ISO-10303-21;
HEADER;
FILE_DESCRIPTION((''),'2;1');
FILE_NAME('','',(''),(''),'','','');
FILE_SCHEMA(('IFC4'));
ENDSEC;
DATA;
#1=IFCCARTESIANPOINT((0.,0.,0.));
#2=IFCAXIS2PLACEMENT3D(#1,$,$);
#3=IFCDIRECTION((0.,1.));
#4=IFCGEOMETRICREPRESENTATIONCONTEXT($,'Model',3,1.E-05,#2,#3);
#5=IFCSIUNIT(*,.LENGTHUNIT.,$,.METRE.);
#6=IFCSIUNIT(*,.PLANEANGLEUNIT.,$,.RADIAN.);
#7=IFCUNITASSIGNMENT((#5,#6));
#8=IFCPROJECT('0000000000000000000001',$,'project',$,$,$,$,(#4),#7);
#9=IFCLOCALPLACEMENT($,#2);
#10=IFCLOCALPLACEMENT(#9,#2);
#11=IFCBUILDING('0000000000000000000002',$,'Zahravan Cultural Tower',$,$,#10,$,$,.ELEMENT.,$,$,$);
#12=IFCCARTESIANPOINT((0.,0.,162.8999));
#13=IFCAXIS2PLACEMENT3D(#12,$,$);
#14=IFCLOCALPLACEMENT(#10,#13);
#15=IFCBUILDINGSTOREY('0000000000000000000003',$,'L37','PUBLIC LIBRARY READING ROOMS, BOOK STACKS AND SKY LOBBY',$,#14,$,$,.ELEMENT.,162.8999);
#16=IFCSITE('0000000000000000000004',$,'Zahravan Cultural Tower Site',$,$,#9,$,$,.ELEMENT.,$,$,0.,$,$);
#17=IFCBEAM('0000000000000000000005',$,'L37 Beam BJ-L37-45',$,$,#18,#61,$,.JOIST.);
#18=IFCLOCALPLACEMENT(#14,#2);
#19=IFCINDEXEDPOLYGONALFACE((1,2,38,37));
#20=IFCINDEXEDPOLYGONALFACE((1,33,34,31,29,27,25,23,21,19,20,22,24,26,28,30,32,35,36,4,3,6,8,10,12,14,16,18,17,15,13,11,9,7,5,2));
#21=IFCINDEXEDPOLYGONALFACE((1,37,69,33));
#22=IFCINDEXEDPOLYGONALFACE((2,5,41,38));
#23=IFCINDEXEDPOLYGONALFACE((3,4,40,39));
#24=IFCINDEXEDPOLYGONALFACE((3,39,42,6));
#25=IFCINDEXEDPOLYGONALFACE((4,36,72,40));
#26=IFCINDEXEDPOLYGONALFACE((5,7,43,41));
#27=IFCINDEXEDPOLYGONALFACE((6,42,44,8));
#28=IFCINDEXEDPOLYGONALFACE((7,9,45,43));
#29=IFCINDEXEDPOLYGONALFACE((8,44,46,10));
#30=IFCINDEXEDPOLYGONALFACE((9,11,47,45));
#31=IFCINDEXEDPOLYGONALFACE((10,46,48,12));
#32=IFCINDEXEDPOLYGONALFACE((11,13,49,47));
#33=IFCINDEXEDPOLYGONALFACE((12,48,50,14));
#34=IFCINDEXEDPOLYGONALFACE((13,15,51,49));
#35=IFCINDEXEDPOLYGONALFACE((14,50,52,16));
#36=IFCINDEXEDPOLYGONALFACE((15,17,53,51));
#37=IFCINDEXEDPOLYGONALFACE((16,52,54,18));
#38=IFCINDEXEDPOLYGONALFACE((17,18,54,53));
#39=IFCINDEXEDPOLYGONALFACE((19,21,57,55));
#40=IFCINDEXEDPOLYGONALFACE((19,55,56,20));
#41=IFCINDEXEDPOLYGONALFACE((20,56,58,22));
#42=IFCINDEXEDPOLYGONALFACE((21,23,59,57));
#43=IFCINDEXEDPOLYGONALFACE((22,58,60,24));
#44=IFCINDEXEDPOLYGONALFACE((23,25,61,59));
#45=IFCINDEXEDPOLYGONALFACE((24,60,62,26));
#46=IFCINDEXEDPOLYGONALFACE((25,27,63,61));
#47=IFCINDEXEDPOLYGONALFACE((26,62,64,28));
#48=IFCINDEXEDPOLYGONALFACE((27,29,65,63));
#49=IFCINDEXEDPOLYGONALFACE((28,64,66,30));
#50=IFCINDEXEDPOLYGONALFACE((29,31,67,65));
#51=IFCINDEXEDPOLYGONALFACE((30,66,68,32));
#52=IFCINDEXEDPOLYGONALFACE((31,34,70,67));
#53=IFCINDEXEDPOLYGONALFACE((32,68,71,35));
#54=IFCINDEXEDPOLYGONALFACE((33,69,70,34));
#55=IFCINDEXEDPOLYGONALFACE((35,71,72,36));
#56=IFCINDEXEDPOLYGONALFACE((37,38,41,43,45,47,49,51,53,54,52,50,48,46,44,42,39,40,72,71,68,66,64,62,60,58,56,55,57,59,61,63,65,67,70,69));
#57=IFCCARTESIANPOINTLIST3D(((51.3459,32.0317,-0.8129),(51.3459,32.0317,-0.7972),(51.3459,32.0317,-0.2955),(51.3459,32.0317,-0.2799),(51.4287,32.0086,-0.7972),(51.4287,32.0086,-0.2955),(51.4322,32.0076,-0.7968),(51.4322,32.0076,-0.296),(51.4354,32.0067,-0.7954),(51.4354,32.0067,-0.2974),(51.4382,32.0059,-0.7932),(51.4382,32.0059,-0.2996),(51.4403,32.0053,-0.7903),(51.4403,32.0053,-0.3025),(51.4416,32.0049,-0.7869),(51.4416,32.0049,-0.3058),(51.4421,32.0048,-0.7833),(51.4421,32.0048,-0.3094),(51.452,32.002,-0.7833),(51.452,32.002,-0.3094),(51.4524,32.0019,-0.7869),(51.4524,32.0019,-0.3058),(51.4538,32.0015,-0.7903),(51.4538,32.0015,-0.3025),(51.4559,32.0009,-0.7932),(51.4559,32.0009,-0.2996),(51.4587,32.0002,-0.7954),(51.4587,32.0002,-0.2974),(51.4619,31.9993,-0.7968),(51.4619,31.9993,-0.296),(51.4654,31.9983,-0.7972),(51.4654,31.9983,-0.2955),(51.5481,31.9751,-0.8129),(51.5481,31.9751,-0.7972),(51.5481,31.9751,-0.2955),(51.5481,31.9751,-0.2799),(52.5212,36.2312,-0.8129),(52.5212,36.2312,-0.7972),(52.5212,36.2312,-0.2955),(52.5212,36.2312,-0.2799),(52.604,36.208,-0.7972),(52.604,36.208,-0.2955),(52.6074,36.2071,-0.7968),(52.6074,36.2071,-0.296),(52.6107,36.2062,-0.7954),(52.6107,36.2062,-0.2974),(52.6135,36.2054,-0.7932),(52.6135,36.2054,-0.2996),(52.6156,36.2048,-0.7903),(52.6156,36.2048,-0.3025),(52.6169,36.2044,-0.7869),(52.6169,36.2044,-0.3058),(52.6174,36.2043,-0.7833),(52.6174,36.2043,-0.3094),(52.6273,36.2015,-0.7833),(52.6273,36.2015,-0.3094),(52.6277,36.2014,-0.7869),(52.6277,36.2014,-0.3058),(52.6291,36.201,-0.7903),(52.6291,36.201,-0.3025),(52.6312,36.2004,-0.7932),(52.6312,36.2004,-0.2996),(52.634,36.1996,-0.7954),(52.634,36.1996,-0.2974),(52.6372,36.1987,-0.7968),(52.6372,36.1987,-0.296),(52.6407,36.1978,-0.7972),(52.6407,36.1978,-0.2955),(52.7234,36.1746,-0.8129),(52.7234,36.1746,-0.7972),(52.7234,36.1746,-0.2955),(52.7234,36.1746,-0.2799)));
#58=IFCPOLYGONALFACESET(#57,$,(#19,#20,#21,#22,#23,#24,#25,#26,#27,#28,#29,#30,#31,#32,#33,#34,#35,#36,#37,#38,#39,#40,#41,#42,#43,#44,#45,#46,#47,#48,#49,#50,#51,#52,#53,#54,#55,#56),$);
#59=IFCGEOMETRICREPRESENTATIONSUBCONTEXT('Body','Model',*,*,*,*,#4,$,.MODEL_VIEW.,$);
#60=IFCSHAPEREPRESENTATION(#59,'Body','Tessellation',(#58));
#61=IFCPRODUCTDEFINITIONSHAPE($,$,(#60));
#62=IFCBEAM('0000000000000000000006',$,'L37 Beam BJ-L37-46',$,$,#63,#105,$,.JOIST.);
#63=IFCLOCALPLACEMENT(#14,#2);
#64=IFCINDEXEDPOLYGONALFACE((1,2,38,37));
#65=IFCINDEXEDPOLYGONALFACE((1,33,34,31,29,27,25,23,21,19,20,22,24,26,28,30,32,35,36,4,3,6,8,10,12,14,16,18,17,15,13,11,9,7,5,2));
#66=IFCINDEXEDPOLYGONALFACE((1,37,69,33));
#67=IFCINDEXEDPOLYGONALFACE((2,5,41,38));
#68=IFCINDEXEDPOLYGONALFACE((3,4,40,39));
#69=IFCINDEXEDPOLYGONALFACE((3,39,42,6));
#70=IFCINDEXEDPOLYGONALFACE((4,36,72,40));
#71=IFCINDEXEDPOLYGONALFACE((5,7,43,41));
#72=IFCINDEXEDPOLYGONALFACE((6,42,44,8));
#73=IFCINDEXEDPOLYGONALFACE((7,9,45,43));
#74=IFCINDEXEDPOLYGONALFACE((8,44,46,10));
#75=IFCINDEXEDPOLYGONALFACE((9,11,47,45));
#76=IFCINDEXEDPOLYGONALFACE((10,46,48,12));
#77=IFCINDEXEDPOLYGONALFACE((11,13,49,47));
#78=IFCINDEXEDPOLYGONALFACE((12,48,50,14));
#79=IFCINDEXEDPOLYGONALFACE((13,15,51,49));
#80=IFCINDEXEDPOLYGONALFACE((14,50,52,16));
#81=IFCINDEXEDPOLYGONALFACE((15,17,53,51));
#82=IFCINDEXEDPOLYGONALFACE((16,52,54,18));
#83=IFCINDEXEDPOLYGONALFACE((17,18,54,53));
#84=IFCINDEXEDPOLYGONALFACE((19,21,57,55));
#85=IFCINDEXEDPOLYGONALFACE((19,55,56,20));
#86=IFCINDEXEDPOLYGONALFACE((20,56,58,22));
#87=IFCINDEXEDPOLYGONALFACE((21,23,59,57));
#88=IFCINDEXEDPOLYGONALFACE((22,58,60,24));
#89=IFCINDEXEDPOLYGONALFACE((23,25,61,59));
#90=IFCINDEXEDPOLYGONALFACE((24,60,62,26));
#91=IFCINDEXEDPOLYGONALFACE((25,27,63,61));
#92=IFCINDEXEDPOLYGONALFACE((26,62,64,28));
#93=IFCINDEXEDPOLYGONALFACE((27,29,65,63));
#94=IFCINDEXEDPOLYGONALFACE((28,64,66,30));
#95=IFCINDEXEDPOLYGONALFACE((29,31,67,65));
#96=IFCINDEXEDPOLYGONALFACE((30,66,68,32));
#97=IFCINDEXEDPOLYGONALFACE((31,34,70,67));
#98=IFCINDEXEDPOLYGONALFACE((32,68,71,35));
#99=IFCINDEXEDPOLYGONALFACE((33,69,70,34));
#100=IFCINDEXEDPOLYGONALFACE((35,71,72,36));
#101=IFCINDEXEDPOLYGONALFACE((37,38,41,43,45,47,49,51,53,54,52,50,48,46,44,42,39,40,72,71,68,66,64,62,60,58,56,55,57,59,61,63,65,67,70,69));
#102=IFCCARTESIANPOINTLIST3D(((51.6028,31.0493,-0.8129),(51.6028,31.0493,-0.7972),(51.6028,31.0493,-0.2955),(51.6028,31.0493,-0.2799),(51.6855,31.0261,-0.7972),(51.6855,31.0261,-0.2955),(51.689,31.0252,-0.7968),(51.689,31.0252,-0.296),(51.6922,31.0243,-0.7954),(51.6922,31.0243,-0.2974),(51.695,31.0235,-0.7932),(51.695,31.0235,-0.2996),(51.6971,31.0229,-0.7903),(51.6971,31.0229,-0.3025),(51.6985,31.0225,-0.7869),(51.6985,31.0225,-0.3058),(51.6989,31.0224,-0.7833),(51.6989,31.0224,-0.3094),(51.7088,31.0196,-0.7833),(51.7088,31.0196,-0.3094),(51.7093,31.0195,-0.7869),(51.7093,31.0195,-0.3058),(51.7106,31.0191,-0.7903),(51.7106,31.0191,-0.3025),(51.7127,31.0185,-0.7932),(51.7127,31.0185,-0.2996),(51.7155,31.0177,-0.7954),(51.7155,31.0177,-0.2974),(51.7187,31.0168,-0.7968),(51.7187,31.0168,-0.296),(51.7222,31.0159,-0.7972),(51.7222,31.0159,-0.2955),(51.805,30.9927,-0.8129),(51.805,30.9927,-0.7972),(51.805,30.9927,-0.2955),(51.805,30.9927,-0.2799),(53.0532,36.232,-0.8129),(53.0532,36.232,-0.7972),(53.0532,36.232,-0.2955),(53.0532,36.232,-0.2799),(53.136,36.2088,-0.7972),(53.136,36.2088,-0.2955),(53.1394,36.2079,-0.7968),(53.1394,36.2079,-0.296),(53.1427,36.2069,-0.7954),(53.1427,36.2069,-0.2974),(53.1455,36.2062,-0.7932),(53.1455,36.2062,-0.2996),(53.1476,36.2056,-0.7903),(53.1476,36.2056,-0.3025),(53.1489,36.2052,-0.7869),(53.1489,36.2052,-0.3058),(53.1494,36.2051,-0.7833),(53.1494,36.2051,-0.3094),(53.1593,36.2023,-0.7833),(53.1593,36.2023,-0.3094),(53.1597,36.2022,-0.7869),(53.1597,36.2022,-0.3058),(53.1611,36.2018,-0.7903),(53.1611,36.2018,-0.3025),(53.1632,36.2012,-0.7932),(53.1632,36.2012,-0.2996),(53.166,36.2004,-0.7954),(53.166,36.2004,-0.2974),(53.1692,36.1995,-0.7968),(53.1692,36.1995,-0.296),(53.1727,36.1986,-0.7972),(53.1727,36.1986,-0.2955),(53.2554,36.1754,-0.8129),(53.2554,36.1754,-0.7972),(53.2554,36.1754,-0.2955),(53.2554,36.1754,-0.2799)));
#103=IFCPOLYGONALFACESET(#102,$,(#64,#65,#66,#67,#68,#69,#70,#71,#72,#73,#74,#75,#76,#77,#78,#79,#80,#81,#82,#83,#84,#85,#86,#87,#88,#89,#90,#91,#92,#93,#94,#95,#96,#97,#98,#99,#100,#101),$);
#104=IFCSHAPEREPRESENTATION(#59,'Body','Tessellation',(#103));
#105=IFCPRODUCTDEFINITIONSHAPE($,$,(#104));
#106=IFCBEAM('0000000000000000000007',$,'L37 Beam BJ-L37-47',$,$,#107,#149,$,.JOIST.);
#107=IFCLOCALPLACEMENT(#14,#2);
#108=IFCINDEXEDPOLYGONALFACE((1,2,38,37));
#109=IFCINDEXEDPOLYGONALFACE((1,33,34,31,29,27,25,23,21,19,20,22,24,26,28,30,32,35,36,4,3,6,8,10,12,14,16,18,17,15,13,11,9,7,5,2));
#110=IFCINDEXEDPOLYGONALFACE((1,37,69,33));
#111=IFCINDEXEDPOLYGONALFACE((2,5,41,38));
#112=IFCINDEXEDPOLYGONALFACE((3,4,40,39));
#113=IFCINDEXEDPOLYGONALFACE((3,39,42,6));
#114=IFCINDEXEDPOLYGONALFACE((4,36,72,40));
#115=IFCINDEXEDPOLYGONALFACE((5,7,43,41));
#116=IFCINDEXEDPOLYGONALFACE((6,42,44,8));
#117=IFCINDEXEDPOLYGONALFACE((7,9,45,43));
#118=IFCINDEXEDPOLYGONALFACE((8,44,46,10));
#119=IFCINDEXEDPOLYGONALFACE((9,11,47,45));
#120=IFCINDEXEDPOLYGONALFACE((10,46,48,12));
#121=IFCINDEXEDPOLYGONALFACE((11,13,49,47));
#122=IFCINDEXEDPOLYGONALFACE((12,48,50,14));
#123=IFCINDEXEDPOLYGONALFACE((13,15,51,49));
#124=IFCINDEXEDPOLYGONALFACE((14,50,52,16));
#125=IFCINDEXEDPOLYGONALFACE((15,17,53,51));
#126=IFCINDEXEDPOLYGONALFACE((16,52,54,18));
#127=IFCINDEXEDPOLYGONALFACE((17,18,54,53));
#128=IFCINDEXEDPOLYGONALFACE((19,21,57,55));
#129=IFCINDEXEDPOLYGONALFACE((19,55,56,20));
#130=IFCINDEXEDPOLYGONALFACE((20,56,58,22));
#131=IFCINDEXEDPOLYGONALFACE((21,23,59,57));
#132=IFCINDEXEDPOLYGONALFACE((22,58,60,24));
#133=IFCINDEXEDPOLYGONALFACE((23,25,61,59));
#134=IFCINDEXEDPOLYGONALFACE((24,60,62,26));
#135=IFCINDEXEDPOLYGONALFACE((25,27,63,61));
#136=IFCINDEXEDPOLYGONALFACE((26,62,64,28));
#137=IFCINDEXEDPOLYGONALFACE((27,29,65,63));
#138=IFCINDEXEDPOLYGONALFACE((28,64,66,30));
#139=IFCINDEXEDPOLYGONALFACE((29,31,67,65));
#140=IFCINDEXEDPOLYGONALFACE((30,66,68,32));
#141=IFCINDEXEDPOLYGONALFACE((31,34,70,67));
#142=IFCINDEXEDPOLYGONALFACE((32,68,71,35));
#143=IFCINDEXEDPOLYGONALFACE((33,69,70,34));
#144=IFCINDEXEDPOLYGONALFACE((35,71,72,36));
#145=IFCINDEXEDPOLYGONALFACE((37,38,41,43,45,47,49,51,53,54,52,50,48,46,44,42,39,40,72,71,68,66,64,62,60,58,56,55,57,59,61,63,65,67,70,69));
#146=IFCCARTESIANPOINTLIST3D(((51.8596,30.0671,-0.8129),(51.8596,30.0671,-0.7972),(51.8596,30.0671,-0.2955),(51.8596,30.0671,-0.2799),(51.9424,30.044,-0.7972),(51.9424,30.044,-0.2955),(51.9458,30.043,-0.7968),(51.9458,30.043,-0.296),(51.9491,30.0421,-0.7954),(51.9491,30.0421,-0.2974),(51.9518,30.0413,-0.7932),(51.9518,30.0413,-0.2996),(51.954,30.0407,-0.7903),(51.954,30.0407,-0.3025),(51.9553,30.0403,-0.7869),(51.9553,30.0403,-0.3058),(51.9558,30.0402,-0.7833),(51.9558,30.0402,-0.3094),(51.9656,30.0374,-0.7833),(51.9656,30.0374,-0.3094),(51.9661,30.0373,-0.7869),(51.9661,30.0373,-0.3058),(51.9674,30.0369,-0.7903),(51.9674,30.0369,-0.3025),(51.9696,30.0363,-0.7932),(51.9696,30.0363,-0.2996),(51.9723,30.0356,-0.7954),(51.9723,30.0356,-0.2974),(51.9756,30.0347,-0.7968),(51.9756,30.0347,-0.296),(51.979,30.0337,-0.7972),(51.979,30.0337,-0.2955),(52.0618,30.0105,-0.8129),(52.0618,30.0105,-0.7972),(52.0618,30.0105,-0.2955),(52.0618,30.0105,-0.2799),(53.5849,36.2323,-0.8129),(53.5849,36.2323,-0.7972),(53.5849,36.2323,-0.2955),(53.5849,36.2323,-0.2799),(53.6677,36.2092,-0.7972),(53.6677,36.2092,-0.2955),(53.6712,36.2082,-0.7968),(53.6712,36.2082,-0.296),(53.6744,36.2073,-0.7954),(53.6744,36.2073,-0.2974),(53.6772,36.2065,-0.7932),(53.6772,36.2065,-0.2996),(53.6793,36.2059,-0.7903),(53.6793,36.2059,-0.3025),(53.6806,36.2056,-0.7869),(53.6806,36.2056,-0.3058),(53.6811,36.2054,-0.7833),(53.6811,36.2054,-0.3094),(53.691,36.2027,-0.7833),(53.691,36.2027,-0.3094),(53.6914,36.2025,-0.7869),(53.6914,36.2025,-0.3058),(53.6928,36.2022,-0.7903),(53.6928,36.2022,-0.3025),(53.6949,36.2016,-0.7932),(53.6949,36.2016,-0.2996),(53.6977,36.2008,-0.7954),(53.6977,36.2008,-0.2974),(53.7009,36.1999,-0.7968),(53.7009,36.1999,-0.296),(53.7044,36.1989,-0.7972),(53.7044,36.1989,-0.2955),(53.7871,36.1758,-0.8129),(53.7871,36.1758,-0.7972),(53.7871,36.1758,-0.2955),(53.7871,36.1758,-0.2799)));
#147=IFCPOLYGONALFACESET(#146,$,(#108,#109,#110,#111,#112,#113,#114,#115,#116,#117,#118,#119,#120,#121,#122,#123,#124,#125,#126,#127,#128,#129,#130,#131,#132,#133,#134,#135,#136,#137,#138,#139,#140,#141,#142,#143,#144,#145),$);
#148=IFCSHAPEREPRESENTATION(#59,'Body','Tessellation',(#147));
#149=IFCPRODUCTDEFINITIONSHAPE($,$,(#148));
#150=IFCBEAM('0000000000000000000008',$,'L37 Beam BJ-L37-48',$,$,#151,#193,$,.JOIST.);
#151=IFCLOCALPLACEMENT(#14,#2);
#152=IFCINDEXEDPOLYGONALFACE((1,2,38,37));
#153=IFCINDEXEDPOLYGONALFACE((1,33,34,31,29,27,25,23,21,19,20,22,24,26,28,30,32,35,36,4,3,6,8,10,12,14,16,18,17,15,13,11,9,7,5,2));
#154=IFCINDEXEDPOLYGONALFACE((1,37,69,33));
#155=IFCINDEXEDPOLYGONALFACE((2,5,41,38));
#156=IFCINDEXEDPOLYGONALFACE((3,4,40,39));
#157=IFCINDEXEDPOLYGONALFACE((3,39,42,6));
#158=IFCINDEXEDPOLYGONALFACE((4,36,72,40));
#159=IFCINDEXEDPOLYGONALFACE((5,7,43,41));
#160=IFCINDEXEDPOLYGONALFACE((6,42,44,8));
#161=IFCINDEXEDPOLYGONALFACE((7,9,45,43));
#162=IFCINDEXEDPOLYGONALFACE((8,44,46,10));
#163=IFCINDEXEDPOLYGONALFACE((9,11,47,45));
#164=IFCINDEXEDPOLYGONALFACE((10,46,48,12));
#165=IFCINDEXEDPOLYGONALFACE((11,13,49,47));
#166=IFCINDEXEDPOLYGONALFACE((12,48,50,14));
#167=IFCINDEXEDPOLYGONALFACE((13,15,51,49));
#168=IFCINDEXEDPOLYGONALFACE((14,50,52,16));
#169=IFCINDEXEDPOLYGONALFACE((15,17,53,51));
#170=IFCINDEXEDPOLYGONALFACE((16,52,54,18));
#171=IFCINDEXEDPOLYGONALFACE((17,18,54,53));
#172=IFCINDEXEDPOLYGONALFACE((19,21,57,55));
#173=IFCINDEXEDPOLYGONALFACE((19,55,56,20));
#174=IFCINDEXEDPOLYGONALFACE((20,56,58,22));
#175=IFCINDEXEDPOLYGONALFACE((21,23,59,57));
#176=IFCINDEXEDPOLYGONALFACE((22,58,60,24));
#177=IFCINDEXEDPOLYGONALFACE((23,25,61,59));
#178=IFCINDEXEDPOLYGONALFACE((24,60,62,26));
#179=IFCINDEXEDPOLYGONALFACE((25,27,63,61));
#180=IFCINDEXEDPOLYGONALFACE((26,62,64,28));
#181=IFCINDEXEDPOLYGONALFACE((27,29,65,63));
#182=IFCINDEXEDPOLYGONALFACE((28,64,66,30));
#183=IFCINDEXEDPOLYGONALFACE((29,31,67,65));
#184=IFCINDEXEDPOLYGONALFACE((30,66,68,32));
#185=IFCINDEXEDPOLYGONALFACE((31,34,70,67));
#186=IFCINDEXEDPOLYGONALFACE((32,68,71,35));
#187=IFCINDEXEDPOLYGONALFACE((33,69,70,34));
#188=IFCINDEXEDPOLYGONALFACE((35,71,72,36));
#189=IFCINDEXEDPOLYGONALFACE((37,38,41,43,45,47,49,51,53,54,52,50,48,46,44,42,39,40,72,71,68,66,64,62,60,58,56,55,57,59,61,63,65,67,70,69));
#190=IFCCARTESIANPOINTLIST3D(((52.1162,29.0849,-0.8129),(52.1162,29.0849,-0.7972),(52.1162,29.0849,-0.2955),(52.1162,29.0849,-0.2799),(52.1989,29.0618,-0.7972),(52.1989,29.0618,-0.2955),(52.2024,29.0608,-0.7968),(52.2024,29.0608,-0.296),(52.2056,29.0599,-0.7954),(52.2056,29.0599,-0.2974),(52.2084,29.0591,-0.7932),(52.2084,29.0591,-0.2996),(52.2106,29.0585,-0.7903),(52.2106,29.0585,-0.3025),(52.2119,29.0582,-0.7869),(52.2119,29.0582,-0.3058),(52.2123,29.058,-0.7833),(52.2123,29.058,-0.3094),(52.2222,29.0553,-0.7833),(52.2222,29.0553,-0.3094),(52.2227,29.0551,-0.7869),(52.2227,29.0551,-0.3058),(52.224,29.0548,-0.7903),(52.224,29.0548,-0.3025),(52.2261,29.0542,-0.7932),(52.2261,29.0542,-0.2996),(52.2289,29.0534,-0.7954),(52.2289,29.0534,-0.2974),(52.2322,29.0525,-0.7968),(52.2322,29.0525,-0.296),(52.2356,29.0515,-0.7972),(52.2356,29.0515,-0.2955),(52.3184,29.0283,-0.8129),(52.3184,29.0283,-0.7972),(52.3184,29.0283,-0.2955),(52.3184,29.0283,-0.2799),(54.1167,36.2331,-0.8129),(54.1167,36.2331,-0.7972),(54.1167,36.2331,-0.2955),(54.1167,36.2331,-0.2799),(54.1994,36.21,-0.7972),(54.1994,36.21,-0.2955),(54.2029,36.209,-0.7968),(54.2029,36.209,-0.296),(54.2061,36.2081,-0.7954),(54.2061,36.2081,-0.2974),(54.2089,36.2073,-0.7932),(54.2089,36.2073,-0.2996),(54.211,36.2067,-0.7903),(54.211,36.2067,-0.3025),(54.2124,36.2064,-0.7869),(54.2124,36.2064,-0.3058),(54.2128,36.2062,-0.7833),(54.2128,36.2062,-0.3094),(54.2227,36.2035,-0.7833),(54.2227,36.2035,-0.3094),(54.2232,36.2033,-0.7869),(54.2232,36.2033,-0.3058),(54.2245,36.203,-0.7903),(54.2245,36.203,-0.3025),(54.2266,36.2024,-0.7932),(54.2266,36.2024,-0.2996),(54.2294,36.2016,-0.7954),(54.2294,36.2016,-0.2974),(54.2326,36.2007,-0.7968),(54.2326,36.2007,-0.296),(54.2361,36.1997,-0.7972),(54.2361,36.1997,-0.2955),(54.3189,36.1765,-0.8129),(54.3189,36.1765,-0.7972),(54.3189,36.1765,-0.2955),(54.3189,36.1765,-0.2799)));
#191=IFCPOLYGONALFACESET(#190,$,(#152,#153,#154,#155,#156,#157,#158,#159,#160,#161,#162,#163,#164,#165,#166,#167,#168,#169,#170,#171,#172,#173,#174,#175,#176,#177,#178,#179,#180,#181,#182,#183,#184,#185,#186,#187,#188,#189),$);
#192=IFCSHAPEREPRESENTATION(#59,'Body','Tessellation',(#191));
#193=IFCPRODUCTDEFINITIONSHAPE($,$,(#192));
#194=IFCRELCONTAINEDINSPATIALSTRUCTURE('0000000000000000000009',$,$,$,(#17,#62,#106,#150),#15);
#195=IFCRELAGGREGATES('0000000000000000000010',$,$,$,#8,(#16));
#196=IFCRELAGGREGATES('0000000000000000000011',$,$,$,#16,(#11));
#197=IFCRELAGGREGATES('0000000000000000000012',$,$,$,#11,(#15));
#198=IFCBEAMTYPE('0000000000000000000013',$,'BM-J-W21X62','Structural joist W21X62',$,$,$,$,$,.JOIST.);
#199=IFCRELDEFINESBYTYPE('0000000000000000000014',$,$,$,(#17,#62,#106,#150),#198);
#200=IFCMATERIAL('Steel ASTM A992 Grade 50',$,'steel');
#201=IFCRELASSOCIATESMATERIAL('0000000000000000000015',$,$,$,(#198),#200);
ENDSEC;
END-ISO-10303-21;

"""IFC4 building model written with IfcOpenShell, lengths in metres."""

from ifc_helpers import new_model, si_unit, direction, frame, origin, origin_2d, place, context, subcontext, project, spatial, i_section, extrude, source, transform, mapped, material, material_profile, profile_set, type_object, element, save


model = new_model("IFC4")

# Units and contexts
model_context = context("Model", 3, precision=1e-05, world=origin(), true_north=direction((0.0, 1.0)))
body_context = subcontext(model_context, "Body", "Model", "MODEL_VIEW")
ifc_project = project(units=[si_unit("LENGTHUNIT", "METRE"), si_unit("PLANEANGLEUNIT", "RADIAN")], contexts=[model_context])

# Site, building, storey
site_placement = place(None, origin())
site = spatial("IfcSite", under=ifc_project, at=site_placement, Name="Zahravan Cultural Tower Site", CompositionType="ELEMENT", RefElevation=0.0)
building_placement = place(site_placement, origin())
building = spatial("IfcBuilding", under=site, at=building_placement, Name="Zahravan Cultural Tower", CompositionType="ELEMENT")
storey_placement = place(building_placement, frame((0.0, 0.0, 162.8999)))
storey = spatial("IfcBuildingStorey", under=building, at=storey_placement, Name="L37", Description="PUBLIC LIBRARY READING ROOMS, BOOK STACKS AND SKY LOBBY", CompositionType="ELEMENT", Elevation=162.8999)

# Shared definitions
ifc_material_1 = material(Name="Steel ASTM A992 Grade 50", Category="steel")

# Beams
ifc_material_profile_1 = material_profile(ifc_material_1, i_section(OverallWidth=0.21, OverallDepth=0.533, WebThickness=0.0103, FlangeThickness=0.0156, FilletRadius=0.0139, at=origin_2d()), Name="W21X62")
ifc_profile_set_1 = profile_set([ifc_material_profile_1], Name="Steel ASTM A992 Grade 50")
beam_type_1 = type_object("IfcBeamType", Name="BM-J-W21X62", Description="Structural joist W21X62", PredefinedType="JOIST", material=ifc_profile_set_1)
shared_shape_1 = source(origin(), body_context, "Body", "SweptSolid", [
    extrude(i_section(OverallWidth=0.21, OverallDepth=0.533, WebThickness=0.0103, FlangeThickness=0.0156, FilletRadius=0.0139, at=origin_2d()), origin(), (0.0, 0.0, 1.0), 4.3608),
])
beam_1_placement = place(storey_placement, frame((51.447, 32.0034, -0.5464), z_axis=(0.269512, 0.962997, 0.0), x_axis=(-0.962997, 0.269512, 0.0)))
element("IfcBeam", 1, at=beam_1_placement, inside=storey, type_object=beam_type_1, Name="L37 Beam BJ-L37-45", PredefinedType="JOIST", context=body_context, shape_type="MappedRepresentation", body=[
    mapped(shared_shape_1, transform((0.0, 0.0, 0.0), x_axis=(1.0, 0.0, 0.0), y_axis=(0.0, 1.0, 0.0), z_axis=(0.0, 0.0, 1.0), scale=1.0)),
])
shared_shape_2 = source(origin(), body_context, "Body", "SweptSolid", [
    extrude(i_section(OverallWidth=0.21, OverallDepth=0.533, WebThickness=0.0103, FlangeThickness=0.0156, FilletRadius=0.0139, at=origin_2d()), origin(), (0.0, 0.0, 1.0), 5.3818),
])
beam_2_placement = place(storey_placement, frame((51.7039, 31.021, -0.5464), z_axis=(0.26951, 0.962997, 0.0), x_axis=(-0.962997, 0.26951, 0.0)))
element("IfcBeam", 2, at=beam_2_placement, inside=storey, type_object=beam_type_1, Name="L37 Beam BJ-L37-46", PredefinedType="JOIST", context=body_context, shape_type="MappedRepresentation", body=[
    mapped(shared_shape_2, transform((0.0, 0.0, 0.0), x_axis=(1.0, 0.0, 0.0), y_axis=(0.0, 1.0, 0.0), z_axis=(0.0, 0.0, 1.0), scale=1.0)),
])
shared_shape_3 = source(origin(), body_context, "Body", "SweptSolid", [
    extrude(i_section(OverallWidth=0.21, OverallDepth=0.533, WebThickness=0.0103, FlangeThickness=0.0156, FilletRadius=0.0139, at=origin_2d()), origin(), (0.0, 0.0, 1.0), 6.4021),
])
beam_3_placement = place(storey_placement, frame((51.9607, 30.0388, -0.5464), z_axis=(0.269494, 0.963002, 0.0), x_axis=(-0.963002, 0.269494, 0.0)))
element("IfcBeam", 3, at=beam_3_placement, inside=storey, type_object=beam_type_1, Name="L37 Beam BJ-L37-47", PredefinedType="JOIST", context=body_context, shape_type="MappedRepresentation", body=[
    mapped(shared_shape_3, transform((0.0, 0.0, 0.0), x_axis=(1.0, 0.0, 0.0), y_axis=(0.0, 1.0, 0.0), z_axis=(0.0, 0.0, 1.0), scale=1.0)),
])
shared_shape_4 = source(origin(), body_context, "Body", "SweptSolid", [
    extrude(i_section(OverallWidth=0.21, OverallDepth=0.533, WebThickness=0.0103, FlangeThickness=0.0156, FilletRadius=0.0139, at=origin_2d()), origin(), (0.0, 0.0, 1.0), 7.4229),
])
beam_4_placement = place(storey_placement, frame((52.2173, 29.0566, -0.5464), z_axis=(0.269504, 0.962999, 0.0), x_axis=(-0.962999, 0.269504, 0.0)))
element("IfcBeam", 4, at=beam_4_placement, inside=storey, type_object=beam_type_1, Name="L37 Beam BJ-L37-48", PredefinedType="JOIST", context=body_context, shape_type="MappedRepresentation", body=[
    mapped(shared_shape_4, transform((0.0, 0.0, 0.0), x_axis=(1.0, 0.0, 0.0), y_axis=(0.0, 1.0, 0.0), z_axis=(0.0, 0.0, 1.0), scale=1.0)),
])

save(model, "model.ifc")
